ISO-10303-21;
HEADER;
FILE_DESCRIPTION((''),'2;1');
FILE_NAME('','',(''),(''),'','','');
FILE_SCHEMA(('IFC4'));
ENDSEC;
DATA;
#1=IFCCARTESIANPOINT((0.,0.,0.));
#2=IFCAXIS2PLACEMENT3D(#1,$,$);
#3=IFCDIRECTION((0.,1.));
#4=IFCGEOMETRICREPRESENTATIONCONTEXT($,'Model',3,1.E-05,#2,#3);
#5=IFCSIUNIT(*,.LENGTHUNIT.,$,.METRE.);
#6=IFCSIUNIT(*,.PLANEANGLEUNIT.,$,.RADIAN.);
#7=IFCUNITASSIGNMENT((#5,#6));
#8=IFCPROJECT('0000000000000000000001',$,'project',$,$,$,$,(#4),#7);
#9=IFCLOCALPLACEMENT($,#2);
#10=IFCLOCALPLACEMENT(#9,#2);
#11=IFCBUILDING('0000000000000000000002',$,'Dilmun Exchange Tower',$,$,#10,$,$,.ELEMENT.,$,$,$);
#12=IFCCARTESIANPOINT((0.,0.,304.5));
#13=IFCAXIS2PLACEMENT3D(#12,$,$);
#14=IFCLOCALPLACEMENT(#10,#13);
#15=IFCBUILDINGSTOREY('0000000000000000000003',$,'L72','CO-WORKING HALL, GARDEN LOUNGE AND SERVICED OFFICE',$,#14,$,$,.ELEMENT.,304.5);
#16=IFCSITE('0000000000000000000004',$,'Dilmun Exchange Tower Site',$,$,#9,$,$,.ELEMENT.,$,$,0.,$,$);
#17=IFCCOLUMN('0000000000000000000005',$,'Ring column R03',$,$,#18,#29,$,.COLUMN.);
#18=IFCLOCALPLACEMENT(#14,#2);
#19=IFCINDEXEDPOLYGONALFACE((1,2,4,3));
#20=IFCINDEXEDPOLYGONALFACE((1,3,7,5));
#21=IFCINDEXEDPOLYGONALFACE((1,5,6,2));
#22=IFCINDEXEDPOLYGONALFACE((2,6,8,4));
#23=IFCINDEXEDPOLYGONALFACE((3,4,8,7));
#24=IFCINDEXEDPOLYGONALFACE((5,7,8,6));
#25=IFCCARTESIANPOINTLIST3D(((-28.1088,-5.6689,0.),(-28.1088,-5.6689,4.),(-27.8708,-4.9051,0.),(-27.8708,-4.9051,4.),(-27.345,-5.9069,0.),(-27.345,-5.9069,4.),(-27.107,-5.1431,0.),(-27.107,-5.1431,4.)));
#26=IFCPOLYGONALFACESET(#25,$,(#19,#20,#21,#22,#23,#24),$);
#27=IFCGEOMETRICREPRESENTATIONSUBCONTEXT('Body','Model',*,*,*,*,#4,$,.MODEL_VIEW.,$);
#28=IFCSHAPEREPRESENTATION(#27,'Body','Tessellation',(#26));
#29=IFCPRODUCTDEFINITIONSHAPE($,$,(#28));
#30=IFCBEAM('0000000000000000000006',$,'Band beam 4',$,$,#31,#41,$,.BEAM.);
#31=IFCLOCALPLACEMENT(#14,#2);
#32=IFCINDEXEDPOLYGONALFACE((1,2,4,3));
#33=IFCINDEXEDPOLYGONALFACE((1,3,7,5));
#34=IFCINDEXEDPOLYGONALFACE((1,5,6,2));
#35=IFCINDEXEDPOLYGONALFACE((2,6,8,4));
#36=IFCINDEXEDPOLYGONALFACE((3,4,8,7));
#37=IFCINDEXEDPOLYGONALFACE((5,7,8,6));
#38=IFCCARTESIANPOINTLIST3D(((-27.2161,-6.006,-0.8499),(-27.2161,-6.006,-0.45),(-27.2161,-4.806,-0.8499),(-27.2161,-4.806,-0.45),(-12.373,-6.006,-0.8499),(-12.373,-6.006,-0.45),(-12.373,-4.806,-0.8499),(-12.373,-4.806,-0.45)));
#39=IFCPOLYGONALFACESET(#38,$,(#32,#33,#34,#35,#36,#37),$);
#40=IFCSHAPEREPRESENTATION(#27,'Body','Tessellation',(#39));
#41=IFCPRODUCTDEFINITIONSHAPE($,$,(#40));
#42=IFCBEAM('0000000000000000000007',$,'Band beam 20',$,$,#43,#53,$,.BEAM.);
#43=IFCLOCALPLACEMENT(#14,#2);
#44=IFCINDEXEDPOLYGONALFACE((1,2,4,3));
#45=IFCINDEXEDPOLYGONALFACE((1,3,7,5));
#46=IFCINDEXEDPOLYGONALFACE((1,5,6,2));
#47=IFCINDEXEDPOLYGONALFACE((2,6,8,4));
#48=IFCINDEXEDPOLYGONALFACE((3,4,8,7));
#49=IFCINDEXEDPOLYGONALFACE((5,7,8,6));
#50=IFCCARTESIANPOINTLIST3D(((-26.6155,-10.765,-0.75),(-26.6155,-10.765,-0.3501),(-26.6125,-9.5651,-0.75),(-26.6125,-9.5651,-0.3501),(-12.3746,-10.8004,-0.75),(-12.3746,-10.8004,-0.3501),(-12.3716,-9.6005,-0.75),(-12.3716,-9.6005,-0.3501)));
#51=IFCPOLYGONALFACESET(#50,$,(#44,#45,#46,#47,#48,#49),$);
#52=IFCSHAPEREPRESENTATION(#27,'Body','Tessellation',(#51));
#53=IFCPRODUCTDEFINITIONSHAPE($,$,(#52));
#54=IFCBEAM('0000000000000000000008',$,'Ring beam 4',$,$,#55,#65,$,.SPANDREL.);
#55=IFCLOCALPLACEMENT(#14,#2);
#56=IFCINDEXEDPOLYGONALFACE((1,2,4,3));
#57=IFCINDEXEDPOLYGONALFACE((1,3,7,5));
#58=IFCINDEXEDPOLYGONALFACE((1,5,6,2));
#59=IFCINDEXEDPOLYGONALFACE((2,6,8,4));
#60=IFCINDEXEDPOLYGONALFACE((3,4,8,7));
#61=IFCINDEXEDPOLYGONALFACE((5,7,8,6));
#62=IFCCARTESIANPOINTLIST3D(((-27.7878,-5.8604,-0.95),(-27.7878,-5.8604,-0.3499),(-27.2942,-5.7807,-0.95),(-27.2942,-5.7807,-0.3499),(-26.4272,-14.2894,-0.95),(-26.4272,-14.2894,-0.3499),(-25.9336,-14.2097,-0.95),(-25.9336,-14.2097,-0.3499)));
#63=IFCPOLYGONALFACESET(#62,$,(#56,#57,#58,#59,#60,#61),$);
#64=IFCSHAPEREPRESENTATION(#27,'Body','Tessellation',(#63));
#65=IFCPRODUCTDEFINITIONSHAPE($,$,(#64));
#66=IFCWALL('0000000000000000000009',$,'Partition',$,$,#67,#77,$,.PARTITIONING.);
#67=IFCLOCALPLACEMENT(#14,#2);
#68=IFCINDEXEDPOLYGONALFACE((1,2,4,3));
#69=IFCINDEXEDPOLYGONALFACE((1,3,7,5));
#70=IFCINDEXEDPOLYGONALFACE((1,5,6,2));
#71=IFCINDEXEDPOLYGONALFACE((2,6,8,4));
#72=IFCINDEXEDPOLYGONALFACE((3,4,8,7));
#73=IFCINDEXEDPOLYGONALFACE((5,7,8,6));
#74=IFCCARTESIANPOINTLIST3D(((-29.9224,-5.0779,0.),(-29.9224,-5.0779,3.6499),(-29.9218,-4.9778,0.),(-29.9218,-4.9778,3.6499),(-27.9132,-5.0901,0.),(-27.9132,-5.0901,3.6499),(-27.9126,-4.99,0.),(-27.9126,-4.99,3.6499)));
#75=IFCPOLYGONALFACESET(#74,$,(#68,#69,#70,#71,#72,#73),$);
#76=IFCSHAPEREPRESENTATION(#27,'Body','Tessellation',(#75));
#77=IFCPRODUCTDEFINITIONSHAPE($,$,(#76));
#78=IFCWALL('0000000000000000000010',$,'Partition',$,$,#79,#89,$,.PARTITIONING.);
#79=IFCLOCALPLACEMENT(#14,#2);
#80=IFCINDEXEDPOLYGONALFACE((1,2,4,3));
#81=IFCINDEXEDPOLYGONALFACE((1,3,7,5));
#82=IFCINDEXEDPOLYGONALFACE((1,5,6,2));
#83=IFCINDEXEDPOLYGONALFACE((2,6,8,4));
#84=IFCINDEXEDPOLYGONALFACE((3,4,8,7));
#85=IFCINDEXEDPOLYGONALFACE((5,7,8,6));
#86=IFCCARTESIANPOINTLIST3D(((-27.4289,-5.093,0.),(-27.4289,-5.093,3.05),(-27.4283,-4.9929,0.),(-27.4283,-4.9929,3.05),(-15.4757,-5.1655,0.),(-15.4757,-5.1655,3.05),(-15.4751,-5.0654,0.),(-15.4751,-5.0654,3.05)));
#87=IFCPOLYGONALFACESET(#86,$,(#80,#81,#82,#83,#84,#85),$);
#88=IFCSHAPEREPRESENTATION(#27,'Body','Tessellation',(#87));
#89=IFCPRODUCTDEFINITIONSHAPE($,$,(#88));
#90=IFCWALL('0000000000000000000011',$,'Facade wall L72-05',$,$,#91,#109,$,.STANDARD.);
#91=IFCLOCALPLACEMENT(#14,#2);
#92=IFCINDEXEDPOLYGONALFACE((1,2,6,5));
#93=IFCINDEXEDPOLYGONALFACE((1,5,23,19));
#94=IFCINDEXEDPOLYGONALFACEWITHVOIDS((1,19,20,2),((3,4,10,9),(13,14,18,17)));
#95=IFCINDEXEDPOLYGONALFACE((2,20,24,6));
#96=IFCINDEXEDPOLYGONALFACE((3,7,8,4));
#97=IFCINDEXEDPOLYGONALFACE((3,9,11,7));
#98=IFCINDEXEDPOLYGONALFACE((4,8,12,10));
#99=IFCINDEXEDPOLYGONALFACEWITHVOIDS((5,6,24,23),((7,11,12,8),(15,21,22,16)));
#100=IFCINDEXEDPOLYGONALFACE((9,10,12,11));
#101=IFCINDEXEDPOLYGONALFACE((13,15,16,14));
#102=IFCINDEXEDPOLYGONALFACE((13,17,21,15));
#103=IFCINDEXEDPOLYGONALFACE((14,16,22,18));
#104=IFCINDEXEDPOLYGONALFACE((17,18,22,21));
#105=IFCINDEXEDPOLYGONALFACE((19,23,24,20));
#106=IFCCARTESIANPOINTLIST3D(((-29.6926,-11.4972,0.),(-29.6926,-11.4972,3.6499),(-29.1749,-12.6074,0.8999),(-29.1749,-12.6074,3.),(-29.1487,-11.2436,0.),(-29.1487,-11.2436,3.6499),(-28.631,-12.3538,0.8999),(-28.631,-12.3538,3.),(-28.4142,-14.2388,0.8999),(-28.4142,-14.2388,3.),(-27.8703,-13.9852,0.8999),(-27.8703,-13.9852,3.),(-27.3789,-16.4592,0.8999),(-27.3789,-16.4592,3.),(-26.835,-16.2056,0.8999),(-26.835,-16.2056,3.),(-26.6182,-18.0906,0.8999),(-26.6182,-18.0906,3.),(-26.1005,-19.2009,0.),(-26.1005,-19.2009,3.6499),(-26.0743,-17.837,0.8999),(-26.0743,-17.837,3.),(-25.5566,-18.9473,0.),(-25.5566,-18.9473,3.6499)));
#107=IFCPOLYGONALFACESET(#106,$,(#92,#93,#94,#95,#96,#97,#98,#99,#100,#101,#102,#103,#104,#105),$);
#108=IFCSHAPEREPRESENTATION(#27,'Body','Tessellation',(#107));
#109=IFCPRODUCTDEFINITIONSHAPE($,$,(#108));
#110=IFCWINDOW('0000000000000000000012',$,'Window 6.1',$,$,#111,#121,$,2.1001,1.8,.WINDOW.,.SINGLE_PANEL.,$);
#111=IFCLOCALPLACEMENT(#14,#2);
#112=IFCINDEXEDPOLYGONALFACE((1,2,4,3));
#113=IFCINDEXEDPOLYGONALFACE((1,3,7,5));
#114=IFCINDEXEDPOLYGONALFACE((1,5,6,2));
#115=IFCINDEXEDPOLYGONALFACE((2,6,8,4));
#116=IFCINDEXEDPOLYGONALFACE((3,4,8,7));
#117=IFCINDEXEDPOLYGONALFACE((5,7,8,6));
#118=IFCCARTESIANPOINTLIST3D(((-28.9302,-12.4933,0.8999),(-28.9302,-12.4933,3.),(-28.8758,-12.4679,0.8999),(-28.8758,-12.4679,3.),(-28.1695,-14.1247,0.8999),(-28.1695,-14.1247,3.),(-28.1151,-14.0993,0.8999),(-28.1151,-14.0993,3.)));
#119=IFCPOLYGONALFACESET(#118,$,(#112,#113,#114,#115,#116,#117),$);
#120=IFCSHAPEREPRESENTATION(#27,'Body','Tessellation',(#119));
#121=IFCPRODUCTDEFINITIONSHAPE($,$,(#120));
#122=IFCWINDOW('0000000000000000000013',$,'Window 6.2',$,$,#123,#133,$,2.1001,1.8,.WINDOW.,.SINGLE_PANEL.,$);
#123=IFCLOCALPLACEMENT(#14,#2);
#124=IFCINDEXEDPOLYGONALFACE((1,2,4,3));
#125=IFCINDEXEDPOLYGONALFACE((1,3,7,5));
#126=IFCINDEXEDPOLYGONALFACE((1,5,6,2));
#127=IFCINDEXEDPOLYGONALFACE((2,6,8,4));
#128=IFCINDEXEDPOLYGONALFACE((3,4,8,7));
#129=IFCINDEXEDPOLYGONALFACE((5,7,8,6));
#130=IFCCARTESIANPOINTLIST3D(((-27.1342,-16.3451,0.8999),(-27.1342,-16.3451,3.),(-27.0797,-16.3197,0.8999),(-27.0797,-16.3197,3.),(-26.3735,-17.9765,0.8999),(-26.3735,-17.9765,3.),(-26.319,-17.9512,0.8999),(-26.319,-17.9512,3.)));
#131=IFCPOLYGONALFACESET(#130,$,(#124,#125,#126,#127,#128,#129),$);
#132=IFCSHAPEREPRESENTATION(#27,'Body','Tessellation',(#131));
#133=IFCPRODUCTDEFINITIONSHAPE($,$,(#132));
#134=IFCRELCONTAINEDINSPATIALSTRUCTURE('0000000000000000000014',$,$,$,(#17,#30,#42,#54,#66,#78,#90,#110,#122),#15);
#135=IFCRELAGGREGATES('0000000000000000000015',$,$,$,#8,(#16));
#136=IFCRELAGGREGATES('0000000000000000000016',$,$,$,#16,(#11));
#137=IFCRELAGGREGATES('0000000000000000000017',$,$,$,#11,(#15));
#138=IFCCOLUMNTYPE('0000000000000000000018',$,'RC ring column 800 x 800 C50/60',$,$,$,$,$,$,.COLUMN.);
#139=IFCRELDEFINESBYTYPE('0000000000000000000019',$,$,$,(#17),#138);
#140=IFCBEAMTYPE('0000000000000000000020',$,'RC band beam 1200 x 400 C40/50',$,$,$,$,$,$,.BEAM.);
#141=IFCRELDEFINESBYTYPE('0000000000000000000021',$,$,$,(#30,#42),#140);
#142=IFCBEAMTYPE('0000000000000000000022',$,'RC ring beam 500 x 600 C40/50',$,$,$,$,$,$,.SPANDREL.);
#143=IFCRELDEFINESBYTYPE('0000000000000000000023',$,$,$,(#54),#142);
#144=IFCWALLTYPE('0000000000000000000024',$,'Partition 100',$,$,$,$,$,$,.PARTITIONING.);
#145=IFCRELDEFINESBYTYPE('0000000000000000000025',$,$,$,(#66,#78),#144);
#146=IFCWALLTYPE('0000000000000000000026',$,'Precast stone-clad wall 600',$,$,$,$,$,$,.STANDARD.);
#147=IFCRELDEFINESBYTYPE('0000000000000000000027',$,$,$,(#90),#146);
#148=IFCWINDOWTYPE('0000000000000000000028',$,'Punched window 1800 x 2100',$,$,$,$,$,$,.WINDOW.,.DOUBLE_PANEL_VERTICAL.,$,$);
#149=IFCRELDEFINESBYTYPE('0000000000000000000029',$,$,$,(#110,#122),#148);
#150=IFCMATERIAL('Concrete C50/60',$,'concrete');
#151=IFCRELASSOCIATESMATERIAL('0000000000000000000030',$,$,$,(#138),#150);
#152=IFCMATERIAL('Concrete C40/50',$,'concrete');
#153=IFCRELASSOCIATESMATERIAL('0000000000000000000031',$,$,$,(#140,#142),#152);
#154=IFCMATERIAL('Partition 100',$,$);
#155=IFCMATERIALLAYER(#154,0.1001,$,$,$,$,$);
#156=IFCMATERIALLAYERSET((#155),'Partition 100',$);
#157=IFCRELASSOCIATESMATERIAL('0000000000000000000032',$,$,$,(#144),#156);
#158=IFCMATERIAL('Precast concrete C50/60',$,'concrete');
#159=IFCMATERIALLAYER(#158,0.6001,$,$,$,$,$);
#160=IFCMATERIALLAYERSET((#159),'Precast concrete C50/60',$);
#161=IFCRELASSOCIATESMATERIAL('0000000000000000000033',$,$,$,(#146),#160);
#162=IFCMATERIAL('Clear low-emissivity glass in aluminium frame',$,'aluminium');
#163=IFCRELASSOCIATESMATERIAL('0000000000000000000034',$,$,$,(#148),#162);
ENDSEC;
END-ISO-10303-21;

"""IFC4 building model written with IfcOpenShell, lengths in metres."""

from ifc_helpers import new_model, si_unit, direction, frame, frame_2d, origin, origin_2d, place, context, subcontext, project, spatial, rectangle, extrude, material, layer, layer_set, material_profile, profile_set, type_object, element, fill, save


model = new_model("IFC4")

# Units and contexts
model_context = context("Model", 3, precision=1e-05, world=origin(), true_north=direction((0.0, 1.0)))
body_context = subcontext(model_context, "Body", "Model", "MODEL_VIEW")
ifc_project = project(units=[si_unit("LENGTHUNIT", "METRE"), si_unit("PLANEANGLEUNIT", "RADIAN")], contexts=[model_context])

# Site, building, storey
site_placement = place(None, origin())
site = spatial("IfcSite", under=ifc_project, at=site_placement, Name="Dilmun Exchange Tower Site", CompositionType="ELEMENT", RefElevation=0.0)
building_placement = place(site_placement, origin())
building = spatial("IfcBuilding", under=site, at=building_placement, Name="Dilmun Exchange Tower", CompositionType="ELEMENT")
storey_placement = place(building_placement, frame((0.0, 0.0, 304.5)))
storey = spatial("IfcBuildingStorey", under=building, at=storey_placement, Name="L72", Description="CO-WORKING HALL, GARDEN LOUNGE AND SERVICED OFFICE", CompositionType="ELEMENT", Elevation=304.5)

# Column
ifc_material_1 = material(Name="Concrete C50/60", Category="concrete")
ifc_material_profile_1 = material_profile(ifc_material_1, rectangle(XDim=0.8, YDim=0.8, at=origin_2d()), Name="800 x 800")
ifc_profile_set_1 = profile_set([ifc_material_profile_1], Name="Concrete C50/60")
column_type = type_object("IfcColumnType", Name="RC ring column 800 x 800 C50/60", PredefinedType="COLUMN", material=ifc_profile_set_1)
column_placement = place(storey_placement, frame((-27.6079, -5.406, 0.0), z_axis=(0.0, 0.0, 1.0), x_axis=(0.297503, 0.954721, 0.0)))
element("IfcColumn", 1, at=column_placement, inside=storey, type_object=column_type, Name="Ring column R03", PredefinedType="COLUMN", context=body_context, shape_type="SweptSolid", body=[
    extrude(rectangle(XDim=0.8, YDim=0.8, at=origin_2d()), origin(), (0.0, 0.0, 1.0), 4.0),
])

# Beams
ifc_material_2 = material(Name="Concrete C40/50", Category="concrete")
ifc_material_profile_2 = material_profile(ifc_material_2, rectangle(XDim=1.2, YDim=0.3999, at=origin_2d()), Name="1200 x 400")
ifc_profile_set_2 = profile_set([ifc_material_profile_2], Name="Concrete C40/50")
beam_type_1 = type_object("IfcBeamType", Name="RC band beam 1200 x 400 C40/50", PredefinedType="BEAM", material=ifc_profile_set_2)
beam_1_placement = place(storey_placement, frame((-27.2161, -5.406, -0.6499), z_axis=(1.0, 0.0, 0.0), x_axis=(0.0, 1.0, 0.0)))
element("IfcBeam", 2, at=beam_1_placement, inside=storey, type_object=beam_type_1, Name="Band beam 4", PredefinedType="BEAM", context=body_context, shape_type="SweptSolid", body=[
    extrude(rectangle(XDim=1.2, YDim=0.3999, at=origin_2d()), origin(), (0.0, 0.0, 1.0), 14.843),
])
beam_2_placement = place(storey_placement, frame((-26.614, -10.165, -0.55), z_axis=(0.999997, -0.002486, 0.0), x_axis=(0.002486, 0.999997, 0.0)))
element("IfcBeam", 3, at=beam_2_placement, inside=storey, type_object=beam_type_1, Name="Band beam 20", PredefinedType="BEAM", context=body_context, shape_type="SweptSolid", body=[
    extrude(rectangle(XDim=1.2, YDim=0.3999, at=origin_2d()), origin(), (0.0, 0.0, 1.0), 14.241),
])
ifc_material_profile_3 = material_profile(ifc_material_2, rectangle(XDim=0.5, YDim=0.6001, at=origin_2d()), Name="500 x 600")
ifc_profile_set_3 = profile_set([ifc_material_profile_3], Name="Concrete C40/50")
beam_type_2 = type_object("IfcBeamType", Name="RC ring beam 500 x 600 C40/50", PredefinedType="SPANDREL", material=ifc_profile_set_3)
beam_3_placement = place(storey_placement, frame((-27.541, -5.8206, -0.6499), z_axis=(0.159357, -0.987221, 0.0), x_axis=(0.987221, 0.159357, 0.0)))
element("IfcBeam", 4, at=beam_3_placement, inside=storey, type_object=beam_type_2, Name="Ring beam 4", PredefinedType="SPANDREL", context=body_context, shape_type="SweptSolid", body=[
    extrude(rectangle(XDim=0.5, YDim=0.6001, at=origin_2d()), origin(), (0.0, 0.0, 1.0), 8.5381),
])

# Walls
ifc_material_3 = material(Name="Partition 100")
ifc_layer_1 = layer(ifc_material_3, 0.1001)
ifc_layer_set_1 = layer_set([ifc_layer_1], Name="Partition 100")
wall_type_1 = type_object("IfcWallType", Name="Partition 100", PredefinedType="PARTITIONING", material=ifc_layer_set_1)
wall_1_placement = place(storey_placement, frame((-29.9221, -5.0278, 0.0), z_axis=(0.0, 0.0, 1.0), x_axis=(0.999982, -0.006075, 0.0)))
element("IfcWall", 5, at=wall_1_placement, inside=storey, type_object=wall_type_1, Name="Partition", PredefinedType="PARTITIONING", context=body_context, shape_type="SweptSolid", body=[
    extrude(rectangle(XDim=2.0093, YDim=0.1001, at=frame_2d((1.0046, 0.0))), origin(), (0.0, 0.0, 1.0), 3.6499),
])
wall_2_placement = place(storey_placement, frame((-27.4285, -5.043, 0.0), z_axis=(0.0, 0.0, 1.0), x_axis=(0.999982, -0.006066, 0.0)))
element("IfcWall", 6, at=wall_2_placement, inside=storey, type_object=wall_type_1, Name="Partition", PredefinedType="PARTITIONING", context=body_context, shape_type="SweptSolid", body=[
    extrude(rectangle(XDim=11.9534, YDim=0.1001, at=frame_2d((5.9766, 0.0))), origin(), (0.0, 0.0, 1.0), 3.05),
])

# Wall, openings, windows
ifc_material_4 = material(Name="Precast concrete C50/60", Category="concrete")
ifc_layer_2 = layer(ifc_material_4, 0.6001)
ifc_layer_set_2 = layer_set([ifc_layer_2], Name="Precast concrete C50/60")
wall_type_2 = type_object("IfcWallType", Name="Precast stone-clad wall 600", PredefinedType="STANDARD", material=ifc_layer_set_2)
wall_3_placement = place(storey_placement, frame((-29.4207, -11.3704, 0.0), z_axis=(0.0, 0.0, 1.0), x_axis=(0.422598, -0.906317, 0.0)))
wall_3 = element("IfcWall", 7, at=wall_3_placement, inside=storey, type_object=wall_type_2, Name="Facade wall L72-05", PredefinedType="STANDARD", context=body_context, shape_type="SweptSolid", body=[
    extrude(rectangle(XDim=8.5, YDim=0.6001, at=frame_2d((4.25, 0.0))), origin(), (0.0, 0.0, 1.0), 3.6499),
])
opening_1_placement = place(wall_3_placement, frame((1.2251, 0.0, 0.8999)))
opening_1 = element("IfcOpeningElement", 8, at=opening_1_placement, cuts=wall_3, PredefinedType="OPENING", context=body_context, shape_type="SweptSolid", body=[
    extrude(rectangle(XDim=1.8, YDim=2.1001, at=frame_2d((0.8999, 1.05))), frame((0.0, 0.3101, 0.0), z_axis=(0.0, -1.0, 0.0), x_axis=(1.0, 0.0, 0.0)), (0.0, 0.0, 1.0), 0.6201),
])
opening_2_placement = place(wall_3_placement, frame((5.4751, 0.0, 0.8999)))
opening_2 = element("IfcOpeningElement", 9, at=opening_2_placement, cuts=wall_3, PredefinedType="OPENING", context=body_context, shape_type="SweptSolid", body=[
    extrude(rectangle(XDim=1.8, YDim=2.1001, at=frame_2d((0.8999, 1.05))), frame((0.0, 0.3101, 0.0), z_axis=(0.0, -1.0, 0.0), x_axis=(1.0, 0.0, 0.0)), (0.0, 0.0, 1.0), 0.6201),
])
ifc_material_5 = material(Name="Clear low-emissivity glass in aluminium frame", Category="aluminium")
window_type = type_object("IfcWindowType", Name="Punched window 1800 x 2100", PartitioningType="DOUBLE_PANEL_VERTICAL", PredefinedType="WINDOW", material=ifc_material_5)
window_1_placement = place(opening_1_placement, origin())
window_1 = element("IfcWindow", 10, at=window_1_placement, inside=storey, type_object=window_type, Name="Window 6.1", OverallHeight=2.1001, OverallWidth=1.8, PartitioningType="SINGLE_PANEL", PredefinedType="WINDOW", context=body_context, shape_type="SweptSolid", body=[
    extrude(rectangle(XDim=1.8, YDim=2.1001, at=frame_2d((0.8999, 1.05))), frame((0.0, 0.03, 0.0), z_axis=(0.0, -1.0, 0.0), x_axis=(1.0, 0.0, 0.0)), (0.0, 0.0, 1.0), 0.0601),
])
fill(opening_1, window_1)
window_2_placement = place(opening_2_placement, origin())
window_2 = element("IfcWindow", 11, at=window_2_placement, inside=storey, type_object=window_type, Name="Window 6.2", OverallHeight=2.1001, OverallWidth=1.8, PartitioningType="SINGLE_PANEL", PredefinedType="WINDOW", context=body_context, shape_type="SweptSolid", body=[
    extrude(rectangle(XDim=1.8, YDim=2.1001, at=frame_2d((0.8999, 1.05))), frame((0.0, 0.03, 0.0), z_axis=(0.0, -1.0, 0.0), x_axis=(1.0, 0.0, 0.0)), (0.0, 0.0, 1.0), 0.0601),
])
fill(opening_2, window_2)

save(model, "model.ifc")
